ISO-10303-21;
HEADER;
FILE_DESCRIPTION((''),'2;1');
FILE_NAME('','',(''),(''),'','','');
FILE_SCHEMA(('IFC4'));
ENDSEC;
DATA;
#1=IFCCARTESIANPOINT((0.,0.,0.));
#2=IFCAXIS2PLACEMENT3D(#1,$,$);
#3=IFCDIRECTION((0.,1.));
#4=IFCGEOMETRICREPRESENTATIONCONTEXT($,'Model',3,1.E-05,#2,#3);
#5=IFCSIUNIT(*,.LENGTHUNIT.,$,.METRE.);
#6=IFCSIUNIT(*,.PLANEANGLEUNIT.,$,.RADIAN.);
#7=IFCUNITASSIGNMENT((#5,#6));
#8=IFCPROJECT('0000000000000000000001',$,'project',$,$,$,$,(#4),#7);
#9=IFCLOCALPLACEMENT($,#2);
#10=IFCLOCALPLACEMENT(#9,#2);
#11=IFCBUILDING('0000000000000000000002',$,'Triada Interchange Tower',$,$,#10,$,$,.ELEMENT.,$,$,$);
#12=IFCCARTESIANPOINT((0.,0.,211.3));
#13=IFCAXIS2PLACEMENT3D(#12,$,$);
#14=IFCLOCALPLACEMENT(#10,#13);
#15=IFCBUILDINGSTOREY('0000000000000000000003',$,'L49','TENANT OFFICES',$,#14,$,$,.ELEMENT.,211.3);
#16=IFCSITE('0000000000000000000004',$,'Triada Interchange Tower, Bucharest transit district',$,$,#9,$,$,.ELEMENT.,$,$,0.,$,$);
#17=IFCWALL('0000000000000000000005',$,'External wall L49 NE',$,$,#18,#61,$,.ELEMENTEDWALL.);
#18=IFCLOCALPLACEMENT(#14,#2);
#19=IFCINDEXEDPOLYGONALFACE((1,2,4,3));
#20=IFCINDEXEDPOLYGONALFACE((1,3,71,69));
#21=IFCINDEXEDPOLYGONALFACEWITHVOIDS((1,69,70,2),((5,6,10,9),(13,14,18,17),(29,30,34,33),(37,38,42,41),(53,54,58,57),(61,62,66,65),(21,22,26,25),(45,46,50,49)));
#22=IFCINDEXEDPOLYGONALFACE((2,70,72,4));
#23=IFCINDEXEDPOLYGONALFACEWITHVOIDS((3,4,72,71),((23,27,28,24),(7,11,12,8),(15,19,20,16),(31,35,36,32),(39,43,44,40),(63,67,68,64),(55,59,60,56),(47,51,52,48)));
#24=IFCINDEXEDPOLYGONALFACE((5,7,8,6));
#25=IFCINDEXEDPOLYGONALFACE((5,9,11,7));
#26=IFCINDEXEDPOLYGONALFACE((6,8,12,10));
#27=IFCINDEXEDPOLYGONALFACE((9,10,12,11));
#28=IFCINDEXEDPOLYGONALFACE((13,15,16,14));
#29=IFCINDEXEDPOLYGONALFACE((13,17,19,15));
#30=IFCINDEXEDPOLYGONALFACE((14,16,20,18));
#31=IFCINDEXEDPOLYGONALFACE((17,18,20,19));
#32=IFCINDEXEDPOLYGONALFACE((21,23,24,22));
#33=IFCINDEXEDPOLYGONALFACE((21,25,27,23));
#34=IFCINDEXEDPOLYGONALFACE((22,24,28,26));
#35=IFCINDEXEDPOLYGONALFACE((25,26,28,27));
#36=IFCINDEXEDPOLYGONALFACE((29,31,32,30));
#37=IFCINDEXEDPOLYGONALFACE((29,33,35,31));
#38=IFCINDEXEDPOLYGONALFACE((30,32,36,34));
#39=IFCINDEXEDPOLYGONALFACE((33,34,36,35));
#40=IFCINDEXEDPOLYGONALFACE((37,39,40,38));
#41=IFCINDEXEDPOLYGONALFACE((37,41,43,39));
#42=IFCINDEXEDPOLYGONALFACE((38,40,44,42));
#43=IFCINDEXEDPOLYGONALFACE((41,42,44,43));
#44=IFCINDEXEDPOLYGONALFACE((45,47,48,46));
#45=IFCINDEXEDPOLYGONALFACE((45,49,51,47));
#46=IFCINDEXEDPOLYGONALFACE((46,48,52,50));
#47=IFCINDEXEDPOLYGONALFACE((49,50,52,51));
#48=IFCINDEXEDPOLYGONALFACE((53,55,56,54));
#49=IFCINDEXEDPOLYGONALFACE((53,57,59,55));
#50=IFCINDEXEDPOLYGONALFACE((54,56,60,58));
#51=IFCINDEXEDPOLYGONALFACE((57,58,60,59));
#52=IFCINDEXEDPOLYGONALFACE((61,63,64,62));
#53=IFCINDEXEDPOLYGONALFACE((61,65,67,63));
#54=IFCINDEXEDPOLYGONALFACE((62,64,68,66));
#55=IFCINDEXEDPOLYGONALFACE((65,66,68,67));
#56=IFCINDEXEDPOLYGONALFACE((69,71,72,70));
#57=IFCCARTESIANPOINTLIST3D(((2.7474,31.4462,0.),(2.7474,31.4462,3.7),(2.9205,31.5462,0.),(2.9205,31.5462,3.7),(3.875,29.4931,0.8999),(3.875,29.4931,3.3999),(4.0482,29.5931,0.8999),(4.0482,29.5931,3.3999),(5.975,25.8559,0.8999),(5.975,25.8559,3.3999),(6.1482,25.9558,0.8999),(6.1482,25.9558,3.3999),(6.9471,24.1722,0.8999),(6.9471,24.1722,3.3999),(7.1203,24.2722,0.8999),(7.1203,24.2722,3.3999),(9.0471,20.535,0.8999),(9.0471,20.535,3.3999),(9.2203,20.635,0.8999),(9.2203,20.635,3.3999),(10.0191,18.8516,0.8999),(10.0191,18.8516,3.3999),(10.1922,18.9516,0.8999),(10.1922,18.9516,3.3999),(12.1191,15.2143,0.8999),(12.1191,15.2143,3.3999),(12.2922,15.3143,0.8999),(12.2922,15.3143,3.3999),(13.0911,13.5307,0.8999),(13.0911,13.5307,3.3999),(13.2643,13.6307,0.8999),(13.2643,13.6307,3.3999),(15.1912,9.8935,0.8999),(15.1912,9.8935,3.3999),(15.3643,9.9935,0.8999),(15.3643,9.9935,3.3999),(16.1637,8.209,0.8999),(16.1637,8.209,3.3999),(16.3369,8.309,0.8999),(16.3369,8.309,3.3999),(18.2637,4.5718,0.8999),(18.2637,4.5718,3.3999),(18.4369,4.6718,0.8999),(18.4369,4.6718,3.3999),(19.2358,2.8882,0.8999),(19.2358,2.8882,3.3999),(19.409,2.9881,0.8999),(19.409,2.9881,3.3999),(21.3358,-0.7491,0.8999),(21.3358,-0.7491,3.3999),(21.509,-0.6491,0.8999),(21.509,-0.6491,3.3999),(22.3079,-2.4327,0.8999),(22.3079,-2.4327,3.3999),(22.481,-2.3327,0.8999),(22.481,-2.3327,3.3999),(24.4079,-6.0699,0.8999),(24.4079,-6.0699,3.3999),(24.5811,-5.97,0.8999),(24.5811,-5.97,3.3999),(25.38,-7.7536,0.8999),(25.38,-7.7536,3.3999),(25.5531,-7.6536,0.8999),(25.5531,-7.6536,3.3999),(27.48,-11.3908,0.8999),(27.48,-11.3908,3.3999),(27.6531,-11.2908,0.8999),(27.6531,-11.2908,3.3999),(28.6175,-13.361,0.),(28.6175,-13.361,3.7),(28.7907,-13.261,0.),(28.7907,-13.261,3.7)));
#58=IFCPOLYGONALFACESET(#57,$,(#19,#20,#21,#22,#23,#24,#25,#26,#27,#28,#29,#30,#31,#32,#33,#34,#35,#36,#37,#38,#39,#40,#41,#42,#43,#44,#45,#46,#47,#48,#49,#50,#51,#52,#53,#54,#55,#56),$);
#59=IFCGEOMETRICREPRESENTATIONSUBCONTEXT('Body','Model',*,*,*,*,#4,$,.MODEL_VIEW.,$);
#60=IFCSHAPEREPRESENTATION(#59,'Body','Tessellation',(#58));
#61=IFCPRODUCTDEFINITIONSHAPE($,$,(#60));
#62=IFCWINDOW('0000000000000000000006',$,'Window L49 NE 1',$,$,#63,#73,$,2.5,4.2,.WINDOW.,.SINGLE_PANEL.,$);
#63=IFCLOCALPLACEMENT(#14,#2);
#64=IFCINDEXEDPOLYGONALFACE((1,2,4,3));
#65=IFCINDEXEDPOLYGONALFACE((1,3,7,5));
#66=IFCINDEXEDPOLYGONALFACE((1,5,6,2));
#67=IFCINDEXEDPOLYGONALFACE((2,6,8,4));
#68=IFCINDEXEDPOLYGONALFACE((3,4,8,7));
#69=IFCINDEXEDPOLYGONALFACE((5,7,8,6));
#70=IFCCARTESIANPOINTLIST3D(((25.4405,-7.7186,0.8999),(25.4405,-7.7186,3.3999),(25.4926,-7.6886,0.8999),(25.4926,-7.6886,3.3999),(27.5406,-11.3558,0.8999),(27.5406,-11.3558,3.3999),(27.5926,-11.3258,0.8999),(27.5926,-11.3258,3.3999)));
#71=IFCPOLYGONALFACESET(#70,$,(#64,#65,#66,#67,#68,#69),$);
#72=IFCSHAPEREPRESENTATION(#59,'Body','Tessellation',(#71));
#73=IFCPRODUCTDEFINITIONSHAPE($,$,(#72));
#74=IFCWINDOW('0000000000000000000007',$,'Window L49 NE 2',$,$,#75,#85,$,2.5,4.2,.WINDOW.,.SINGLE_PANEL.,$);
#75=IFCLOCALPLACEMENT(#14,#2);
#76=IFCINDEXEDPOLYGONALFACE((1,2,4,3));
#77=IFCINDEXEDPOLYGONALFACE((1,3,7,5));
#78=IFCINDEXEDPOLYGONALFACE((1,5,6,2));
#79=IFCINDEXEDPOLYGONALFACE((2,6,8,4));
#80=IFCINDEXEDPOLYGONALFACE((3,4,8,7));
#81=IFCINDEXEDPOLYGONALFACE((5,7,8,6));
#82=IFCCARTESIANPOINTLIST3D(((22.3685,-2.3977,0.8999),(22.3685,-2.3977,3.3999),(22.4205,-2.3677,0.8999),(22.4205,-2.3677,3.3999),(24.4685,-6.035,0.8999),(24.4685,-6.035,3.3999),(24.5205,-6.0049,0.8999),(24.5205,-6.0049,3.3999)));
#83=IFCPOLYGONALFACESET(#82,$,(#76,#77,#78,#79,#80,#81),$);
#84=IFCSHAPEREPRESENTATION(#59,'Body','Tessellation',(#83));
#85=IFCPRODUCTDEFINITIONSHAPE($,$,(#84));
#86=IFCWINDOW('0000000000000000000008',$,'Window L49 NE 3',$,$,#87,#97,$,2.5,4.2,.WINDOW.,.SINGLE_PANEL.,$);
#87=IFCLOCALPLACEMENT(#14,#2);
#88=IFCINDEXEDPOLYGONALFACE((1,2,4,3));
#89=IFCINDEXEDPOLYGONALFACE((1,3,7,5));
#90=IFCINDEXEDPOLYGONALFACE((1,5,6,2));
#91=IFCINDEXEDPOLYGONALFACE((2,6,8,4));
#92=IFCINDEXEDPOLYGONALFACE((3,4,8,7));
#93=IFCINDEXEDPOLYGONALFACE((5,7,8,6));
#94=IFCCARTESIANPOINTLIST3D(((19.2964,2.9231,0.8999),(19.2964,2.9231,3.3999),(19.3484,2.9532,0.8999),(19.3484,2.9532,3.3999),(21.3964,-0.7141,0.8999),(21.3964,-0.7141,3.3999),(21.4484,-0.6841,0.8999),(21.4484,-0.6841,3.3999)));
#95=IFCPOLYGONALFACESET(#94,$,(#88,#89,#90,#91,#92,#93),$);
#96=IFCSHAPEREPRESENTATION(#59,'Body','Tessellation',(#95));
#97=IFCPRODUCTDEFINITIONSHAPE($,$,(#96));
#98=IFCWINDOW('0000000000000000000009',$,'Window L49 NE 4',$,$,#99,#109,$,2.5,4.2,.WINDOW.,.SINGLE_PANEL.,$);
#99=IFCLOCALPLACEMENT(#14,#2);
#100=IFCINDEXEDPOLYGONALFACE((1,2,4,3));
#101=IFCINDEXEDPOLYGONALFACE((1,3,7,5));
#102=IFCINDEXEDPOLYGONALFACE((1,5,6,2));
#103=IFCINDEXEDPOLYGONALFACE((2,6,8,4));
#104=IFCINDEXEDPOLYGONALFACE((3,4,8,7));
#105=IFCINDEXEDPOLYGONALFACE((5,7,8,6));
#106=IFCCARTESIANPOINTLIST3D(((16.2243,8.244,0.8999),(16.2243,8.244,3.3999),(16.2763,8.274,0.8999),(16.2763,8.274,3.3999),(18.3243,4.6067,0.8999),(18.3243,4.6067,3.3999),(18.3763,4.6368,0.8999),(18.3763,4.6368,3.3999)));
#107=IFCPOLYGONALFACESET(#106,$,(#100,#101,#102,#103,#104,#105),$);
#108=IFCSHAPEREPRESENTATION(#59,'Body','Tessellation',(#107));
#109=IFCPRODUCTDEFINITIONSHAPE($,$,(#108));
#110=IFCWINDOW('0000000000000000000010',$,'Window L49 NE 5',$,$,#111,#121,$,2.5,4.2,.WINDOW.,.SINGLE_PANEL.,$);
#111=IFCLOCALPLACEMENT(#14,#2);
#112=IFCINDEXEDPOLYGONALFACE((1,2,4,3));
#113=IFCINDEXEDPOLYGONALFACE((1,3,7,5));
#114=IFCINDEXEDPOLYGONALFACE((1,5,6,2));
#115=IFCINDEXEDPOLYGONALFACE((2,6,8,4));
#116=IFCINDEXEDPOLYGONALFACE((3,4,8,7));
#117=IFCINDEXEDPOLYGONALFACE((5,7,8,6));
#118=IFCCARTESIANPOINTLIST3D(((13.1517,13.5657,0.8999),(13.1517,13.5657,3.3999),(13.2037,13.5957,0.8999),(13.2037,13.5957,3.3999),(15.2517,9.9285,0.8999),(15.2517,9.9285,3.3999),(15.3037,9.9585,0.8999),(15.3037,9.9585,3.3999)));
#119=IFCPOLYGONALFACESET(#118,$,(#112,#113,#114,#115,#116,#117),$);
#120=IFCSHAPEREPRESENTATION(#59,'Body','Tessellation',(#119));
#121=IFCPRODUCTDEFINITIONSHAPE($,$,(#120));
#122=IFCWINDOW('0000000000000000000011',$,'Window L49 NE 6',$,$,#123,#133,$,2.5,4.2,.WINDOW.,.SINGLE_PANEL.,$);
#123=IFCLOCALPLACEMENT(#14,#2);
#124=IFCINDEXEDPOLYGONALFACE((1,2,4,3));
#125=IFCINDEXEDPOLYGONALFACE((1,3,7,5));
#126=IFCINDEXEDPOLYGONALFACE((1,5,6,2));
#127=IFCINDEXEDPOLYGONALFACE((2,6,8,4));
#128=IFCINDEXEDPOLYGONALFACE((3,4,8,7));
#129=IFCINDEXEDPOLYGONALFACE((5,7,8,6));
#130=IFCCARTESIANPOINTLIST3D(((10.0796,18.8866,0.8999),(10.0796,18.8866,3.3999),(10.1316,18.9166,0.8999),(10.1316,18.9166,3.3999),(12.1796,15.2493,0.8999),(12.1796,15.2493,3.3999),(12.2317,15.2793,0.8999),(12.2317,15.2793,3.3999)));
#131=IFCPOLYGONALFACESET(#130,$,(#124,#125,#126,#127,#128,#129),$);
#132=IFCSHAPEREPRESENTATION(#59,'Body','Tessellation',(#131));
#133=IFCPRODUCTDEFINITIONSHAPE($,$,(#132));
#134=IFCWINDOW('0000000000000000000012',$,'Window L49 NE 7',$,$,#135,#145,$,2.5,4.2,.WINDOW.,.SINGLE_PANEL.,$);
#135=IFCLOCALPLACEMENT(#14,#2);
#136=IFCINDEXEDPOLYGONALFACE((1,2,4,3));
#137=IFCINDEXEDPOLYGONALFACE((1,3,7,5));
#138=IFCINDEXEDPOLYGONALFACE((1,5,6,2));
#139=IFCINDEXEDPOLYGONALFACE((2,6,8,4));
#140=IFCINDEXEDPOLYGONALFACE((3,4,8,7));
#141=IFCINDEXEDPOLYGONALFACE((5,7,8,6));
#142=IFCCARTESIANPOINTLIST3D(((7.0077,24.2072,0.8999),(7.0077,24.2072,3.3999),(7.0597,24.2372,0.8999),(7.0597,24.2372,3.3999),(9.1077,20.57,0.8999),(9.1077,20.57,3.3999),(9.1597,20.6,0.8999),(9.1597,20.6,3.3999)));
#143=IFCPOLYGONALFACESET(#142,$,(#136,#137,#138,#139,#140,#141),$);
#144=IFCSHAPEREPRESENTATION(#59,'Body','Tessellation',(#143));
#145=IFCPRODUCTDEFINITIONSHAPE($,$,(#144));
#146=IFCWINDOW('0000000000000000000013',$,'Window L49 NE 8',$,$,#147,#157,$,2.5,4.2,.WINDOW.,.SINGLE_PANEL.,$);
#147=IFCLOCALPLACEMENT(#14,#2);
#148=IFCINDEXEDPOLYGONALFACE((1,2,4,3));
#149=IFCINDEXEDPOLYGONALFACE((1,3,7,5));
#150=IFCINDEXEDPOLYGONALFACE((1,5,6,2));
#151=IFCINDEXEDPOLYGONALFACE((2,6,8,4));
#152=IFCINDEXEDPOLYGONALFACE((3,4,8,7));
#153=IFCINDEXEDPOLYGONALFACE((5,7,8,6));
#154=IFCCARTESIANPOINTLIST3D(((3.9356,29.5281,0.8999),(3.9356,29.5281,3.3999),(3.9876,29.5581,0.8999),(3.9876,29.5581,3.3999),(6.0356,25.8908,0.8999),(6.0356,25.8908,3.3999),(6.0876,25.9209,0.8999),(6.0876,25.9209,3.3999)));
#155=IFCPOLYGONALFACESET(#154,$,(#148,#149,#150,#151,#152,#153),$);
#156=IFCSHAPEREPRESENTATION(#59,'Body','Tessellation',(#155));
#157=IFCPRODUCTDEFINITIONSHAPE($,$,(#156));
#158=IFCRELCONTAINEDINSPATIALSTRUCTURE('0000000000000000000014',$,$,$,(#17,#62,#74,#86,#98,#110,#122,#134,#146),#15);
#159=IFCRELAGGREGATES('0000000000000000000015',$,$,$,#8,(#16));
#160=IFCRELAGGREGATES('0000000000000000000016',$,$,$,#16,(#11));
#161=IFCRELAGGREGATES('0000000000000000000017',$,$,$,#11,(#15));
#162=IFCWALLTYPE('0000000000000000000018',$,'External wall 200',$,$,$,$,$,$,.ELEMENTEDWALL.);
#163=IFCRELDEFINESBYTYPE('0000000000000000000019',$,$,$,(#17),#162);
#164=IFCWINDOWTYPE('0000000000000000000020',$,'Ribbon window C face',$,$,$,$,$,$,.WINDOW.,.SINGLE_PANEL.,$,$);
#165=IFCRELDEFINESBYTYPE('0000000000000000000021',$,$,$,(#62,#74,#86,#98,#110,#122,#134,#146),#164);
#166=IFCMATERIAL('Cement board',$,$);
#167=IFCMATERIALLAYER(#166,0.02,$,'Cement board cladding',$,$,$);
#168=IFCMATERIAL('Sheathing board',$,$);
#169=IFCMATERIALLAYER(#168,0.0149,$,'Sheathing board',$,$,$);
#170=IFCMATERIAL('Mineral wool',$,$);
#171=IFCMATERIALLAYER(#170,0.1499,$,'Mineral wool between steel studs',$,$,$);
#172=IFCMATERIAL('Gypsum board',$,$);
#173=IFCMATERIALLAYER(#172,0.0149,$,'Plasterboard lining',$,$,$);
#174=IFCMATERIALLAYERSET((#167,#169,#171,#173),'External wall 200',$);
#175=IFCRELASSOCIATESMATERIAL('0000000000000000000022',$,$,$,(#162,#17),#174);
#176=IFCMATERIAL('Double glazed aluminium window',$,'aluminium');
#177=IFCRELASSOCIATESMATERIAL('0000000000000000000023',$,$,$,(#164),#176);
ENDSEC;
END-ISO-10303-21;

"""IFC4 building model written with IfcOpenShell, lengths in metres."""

from ifc_helpers import new_model, si_unit, direction, frame, frame_2d, origin, place, context, subcontext, project, spatial, rectangle, extrude, material, layer, layer_set, layer_usage, type_object, element, fill, save


model = new_model("IFC4")

# Units and contexts
model_context = context("Model", 3, precision=1e-05, world=origin(), true_north=direction((0.0, 1.0)))
body_context = subcontext(model_context, "Body", "Model", "MODEL_VIEW")
ifc_project = project(units=[si_unit("LENGTHUNIT", "METRE"), si_unit("PLANEANGLEUNIT", "RADIAN")], contexts=[model_context])

# Site, building, storey
site_placement = place(None, origin())
site = spatial("IfcSite", under=ifc_project, at=site_placement, Name="Triada Interchange Tower, Bucharest transit district", CompositionType="ELEMENT", RefElevation=0.0)
building_placement = place(site_placement, origin())
building = spatial("IfcBuilding", under=site, at=building_placement, Name="Triada Interchange Tower", CompositionType="ELEMENT")
storey_placement = place(building_placement, frame((0.0, 0.0, 211.3)))
storey = spatial("IfcBuildingStorey", under=building, at=storey_placement, Name="L49", Description="TENANT OFFICES", CompositionType="ELEMENT", Elevation=211.3)

# Shared definitions
ifc_material_1 = material(Name="Cement board")
ifc_layer_1 = layer(ifc_material_1, 0.02, Name="Cement board cladding")
ifc_material_2 = material(Name="Sheathing board")
ifc_layer_2 = layer(ifc_material_2, 0.0149, Name="Sheathing board")
ifc_material_3 = material(Name="Mineral wool")
ifc_layer_3 = layer(ifc_material_3, 0.1499, Name="Mineral wool between steel studs")
ifc_material_4 = material(Name="Gypsum board")
ifc_layer_4 = layer(ifc_material_4, 0.0149, Name="Plasterboard lining")
ifc_layer_set_1 = layer_set([ifc_layer_1, ifc_layer_2, ifc_layer_3, ifc_layer_4], Name="External wall 200")
ifc_layer_usage = layer_usage(ifc_layer_set_1, "AXIS2", "POSITIVE", -0.1001)
wall_type_1 = type_object("IfcWallType", Name="External wall 200", PredefinedType="ELEMENTEDWALL", material=ifc_layer_set_1)
ifc_material_5 = material(Name="Double glazed aluminium window", Category="aluminium")

# Wall, openings, windows
wall_1_placement = place(storey_placement, frame((28.7041, -13.311, 0.0), z_axis=(0.0, 0.0, 1.0), x_axis=(-0.50001, 0.866019, 0.0)))
wall_1 = element("IfcWall", 1, at=wall_1_placement, inside=storey, type_object=wall_type_1, material=ifc_layer_usage, Name="External wall L49 NE", PredefinedType="ELEMENTEDWALL", context=body_context, shape_type="SweptSolid", body=[
    extrude(rectangle(XDim=51.7393, YDim=0.2, at=frame_2d((25.8696, 0.0))), origin(), (0.0, 0.0, 1.0), 3.7),
])
opening_1_placement = place(wall_1_placement, frame((2.2749, 0.0, 0.8999)))
opening_1 = element("IfcOpeningElement", 2, at=opening_1_placement, cuts=wall_1, PredefinedType="OPENING", context=body_context, shape_type="SweptSolid", body=[
    extrude(rectangle(XDim=4.2, YDim=2.5, at=frame_2d((2.1001, 1.25))), frame((0.0, 0.1099, 0.0), z_axis=(0.0, -1.0, 0.0), x_axis=(1.0, 0.0, 0.0)), (0.0, 0.0, 1.0), 0.22),
])
opening_2_placement = place(wall_1_placement, frame((8.4189, 0.0, 0.8999)))
opening_2 = element("IfcOpeningElement", 3, at=opening_2_placement, cuts=wall_1, PredefinedType="OPENING", context=body_context, shape_type="SweptSolid", body=[
    extrude(rectangle(XDim=4.2, YDim=2.5, at=frame_2d((2.1001, 1.25))), frame((0.0, 0.1099, 0.0), z_axis=(0.0, -1.0, 0.0), x_axis=(1.0, 0.0, 0.0)), (0.0, 0.0, 1.0), 0.22),
])
opening_3_placement = place(wall_1_placement, frame((14.563, 0.0, 0.8999)))
opening_3 = element("IfcOpeningElement", 4, at=opening_3_placement, cuts=wall_1, PredefinedType="OPENING", context=body_context, shape_type="SweptSolid", body=[
    extrude(rectangle(XDim=4.2, YDim=2.5, at=frame_2d((2.1001, 1.25))), frame((0.0, 0.1099, 0.0), z_axis=(0.0, -1.0, 0.0), x_axis=(1.0, 0.0, 0.0)), (0.0, 0.0, 1.0), 0.22),
])
opening_4_placement = place(wall_1_placement, frame((20.707, 0.0, 0.8999)))
opening_4 = element("IfcOpeningElement", 5, at=opening_4_placement, cuts=wall_1, PredefinedType="OPENING", context=body_context, shape_type="SweptSolid", body=[
    extrude(rectangle(XDim=4.2, YDim=2.5, at=frame_2d((2.1001, 1.25))), frame((0.0, 0.1099, 0.0), z_axis=(0.0, -1.0, 0.0), x_axis=(1.0, 0.0, 0.0)), (0.0, 0.0, 1.0), 0.22),
])
opening_5_placement = place(wall_1_placement, frame((26.8521, 0.0, 0.8999)))
opening_5 = element("IfcOpeningElement", 6, at=opening_5_placement, cuts=wall_1, PredefinedType="OPENING", context=body_context, shape_type="SweptSolid", body=[
    extrude(rectangle(XDim=4.2, YDim=2.5, at=frame_2d((2.1001, 1.25))), frame((0.0, 0.1099, 0.0), z_axis=(0.0, -1.0, 0.0), x_axis=(1.0, 0.0, 0.0)), (0.0, 0.0, 1.0), 0.22),
])
opening_6_placement = place(wall_1_placement, frame((32.9961, 0.0, 0.8999)))
opening_6 = element("IfcOpeningElement", 7, at=opening_6_placement, cuts=wall_1, PredefinedType="OPENING", context=body_context, shape_type="SweptSolid", body=[
    extrude(rectangle(XDim=4.2, YDim=2.5, at=frame_2d((2.1001, 1.25))), frame((0.0, 0.1099, 0.0), z_axis=(0.0, -1.0, 0.0), x_axis=(1.0, 0.0, 0.0)), (0.0, 0.0, 1.0), 0.22),
])
opening_7_placement = place(wall_1_placement, frame((39.1399, 0.0, 0.8999)))
opening_7 = element("IfcOpeningElement", 8, at=opening_7_placement, cuts=wall_1, PredefinedType="OPENING", context=body_context, shape_type="SweptSolid", body=[
    extrude(rectangle(XDim=4.2, YDim=2.5, at=frame_2d((2.1001, 1.25))), frame((0.0, 0.1099, 0.0), z_axis=(0.0, -1.0, 0.0), x_axis=(1.0, 0.0, 0.0)), (0.0, 0.0, 1.0), 0.22),
])
opening_8_placement = place(wall_1_placement, frame((45.2839, 0.0, 0.8999)))
opening_8 = element("IfcOpeningElement", 9, at=opening_8_placement, cuts=wall_1, PredefinedType="OPENING", context=body_context, shape_type="SweptSolid", body=[
    extrude(rectangle(XDim=4.2, YDim=2.5, at=frame_2d((2.1001, 1.25))), frame((0.0, 0.1099, 0.0), z_axis=(0.0, -1.0, 0.0), x_axis=(1.0, 0.0, 0.0)), (0.0, 0.0, 1.0), 0.22),
])
window_type_1 = type_object("IfcWindowType", Name="Ribbon window C face", PartitioningType="SINGLE_PANEL", PredefinedType="WINDOW", material=ifc_material_5)
window_1_placement = place(opening_1_placement, origin())
window_1 = element("IfcWindow", 10, at=window_1_placement, inside=storey, type_object=window_type_1, Name="Window L49 NE 1", OverallHeight=2.5, OverallWidth=4.2, PartitioningType="SINGLE_PANEL", PredefinedType="WINDOW", context=body_context, shape_type="SweptSolid", body=[
    extrude(rectangle(XDim=4.2, YDim=2.5, at=frame_2d((2.1001, 1.25))), frame((0.0, 0.03, 0.0), z_axis=(0.0, -1.0, 0.0), x_axis=(1.0, 0.0, 0.0)), (0.0, 0.0, 1.0), 0.0601),
])
fill(opening_1, window_1)
window_2_placement = place(opening_2_placement, origin())
window_2 = element("IfcWindow", 11, at=window_2_placement, inside=storey, type_object=window_type_1, Name="Window L49 NE 2", OverallHeight=2.5, OverallWidth=4.2, PartitioningType="SINGLE_PANEL", PredefinedType="WINDOW", context=body_context, shape_type="SweptSolid", body=[
    extrude(rectangle(XDim=4.2, YDim=2.5, at=frame_2d((2.1001, 1.25))), frame((0.0, 0.03, 0.0), z_axis=(0.0, -1.0, 0.0), x_axis=(1.0, 0.0, 0.0)), (0.0, 0.0, 1.0), 0.0601),
])
fill(opening_2, window_2)
window_3_placement = place(opening_3_placement, origin())
window_3 = element("IfcWindow", 12, at=window_3_placement, inside=storey, type_object=window_type_1, Name="Window L49 NE 3", OverallHeight=2.5, OverallWidth=4.2, PartitioningType="SINGLE_PANEL", PredefinedType="WINDOW", context=body_context, shape_type="SweptSolid", body=[
    extrude(rectangle(XDim=4.2, YDim=2.5, at=frame_2d((2.1001, 1.25))), frame((0.0, 0.03, 0.0), z_axis=(0.0, -1.0, 0.0), x_axis=(1.0, 0.0, 0.0)), (0.0, 0.0, 1.0), 0.0601),
])
fill(opening_3, window_3)
window_4_placement = place(opening_4_placement, origin())
window_4 = element("IfcWindow", 13, at=window_4_placement, inside=storey, type_object=window_type_1, Name="Window L49 NE 4", OverallHeight=2.5, OverallWidth=4.2, PartitioningType="SINGLE_PANEL", PredefinedType="WINDOW", context=body_context, shape_type="SweptSolid", body=[
    extrude(rectangle(XDim=4.2, YDim=2.5, at=frame_2d((2.1001, 1.25))), frame((0.0, 0.03, 0.0), z_axis=(0.0, -1.0, 0.0), x_axis=(1.0, 0.0, 0.0)), (0.0, 0.0, 1.0), 0.0601),
])
fill(opening_4, window_4)
window_5_placement = place(opening_5_placement, origin())
window_5 = element("IfcWindow", 14, at=window_5_placement, inside=storey, type_object=window_type_1, Name="Window L49 NE 5", OverallHeight=2.5, OverallWidth=4.2, PartitioningType="SINGLE_PANEL", PredefinedType="WINDOW", context=body_context, shape_type="SweptSolid", body=[
    extrude(rectangle(XDim=4.2, YDim=2.5, at=frame_2d((2.1001, 1.25))), frame((0.0, 0.03, 0.0), z_axis=(0.0, -1.0, 0.0), x_axis=(1.0, 0.0, 0.0)), (0.0, 0.0, 1.0), 0.0601),
])
fill(opening_5, window_5)
window_6_placement = place(opening_6_placement, origin())
window_6 = element("IfcWindow", 15, at=window_6_placement, inside=storey, type_object=window_type_1, Name="Window L49 NE 6", OverallHeight=2.5, OverallWidth=4.2, PartitioningType="SINGLE_PANEL", PredefinedType="WINDOW", context=body_context, shape_type="SweptSolid", body=[
    extrude(rectangle(XDim=4.2, YDim=2.5, at=frame_2d((2.1001, 1.25))), frame((0.0, 0.03, 0.0), z_axis=(0.0, -1.0, 0.0), x_axis=(1.0, 0.0, 0.0)), (0.0, 0.0, 1.0), 0.0601),
])
fill(opening_6, window_6)
window_7_placement = place(opening_7_placement, origin())
window_7 = element("IfcWindow", 16, at=window_7_placement, inside=storey, type_object=window_type_1, Name="Window L49 NE 7", OverallHeight=2.5, OverallWidth=4.2, PartitioningType="SINGLE_PANEL", PredefinedType="WINDOW", context=body_context, shape_type="SweptSolid", body=[
    extrude(rectangle(XDim=4.2, YDim=2.5, at=frame_2d((2.1001, 1.25))), frame((0.0, 0.03, 0.0), z_axis=(0.0, -1.0, 0.0), x_axis=(1.0, 0.0, 0.0)), (0.0, 0.0, 1.0), 0.0601),
])
fill(opening_7, window_7)
window_8_placement = place(opening_8_placement, origin())
window_8 = element("IfcWindow", 17, at=window_8_placement, inside=storey, type_object=window_type_1, Name="Window L49 NE 8", OverallHeight=2.5, OverallWidth=4.2, PartitioningType="SINGLE_PANEL", PredefinedType="WINDOW", context=body_context, shape_type="SweptSolid", body=[
    extrude(rectangle(XDim=4.2, YDim=2.5, at=frame_2d((2.1001, 1.25))), frame((0.0, 0.03, 0.0), z_axis=(0.0, -1.0, 0.0), x_axis=(1.0, 0.0, 0.0)), (0.0, 0.0, 1.0), 0.0601),
])
fill(opening_8, window_8)

save(model, "model.ifc")
